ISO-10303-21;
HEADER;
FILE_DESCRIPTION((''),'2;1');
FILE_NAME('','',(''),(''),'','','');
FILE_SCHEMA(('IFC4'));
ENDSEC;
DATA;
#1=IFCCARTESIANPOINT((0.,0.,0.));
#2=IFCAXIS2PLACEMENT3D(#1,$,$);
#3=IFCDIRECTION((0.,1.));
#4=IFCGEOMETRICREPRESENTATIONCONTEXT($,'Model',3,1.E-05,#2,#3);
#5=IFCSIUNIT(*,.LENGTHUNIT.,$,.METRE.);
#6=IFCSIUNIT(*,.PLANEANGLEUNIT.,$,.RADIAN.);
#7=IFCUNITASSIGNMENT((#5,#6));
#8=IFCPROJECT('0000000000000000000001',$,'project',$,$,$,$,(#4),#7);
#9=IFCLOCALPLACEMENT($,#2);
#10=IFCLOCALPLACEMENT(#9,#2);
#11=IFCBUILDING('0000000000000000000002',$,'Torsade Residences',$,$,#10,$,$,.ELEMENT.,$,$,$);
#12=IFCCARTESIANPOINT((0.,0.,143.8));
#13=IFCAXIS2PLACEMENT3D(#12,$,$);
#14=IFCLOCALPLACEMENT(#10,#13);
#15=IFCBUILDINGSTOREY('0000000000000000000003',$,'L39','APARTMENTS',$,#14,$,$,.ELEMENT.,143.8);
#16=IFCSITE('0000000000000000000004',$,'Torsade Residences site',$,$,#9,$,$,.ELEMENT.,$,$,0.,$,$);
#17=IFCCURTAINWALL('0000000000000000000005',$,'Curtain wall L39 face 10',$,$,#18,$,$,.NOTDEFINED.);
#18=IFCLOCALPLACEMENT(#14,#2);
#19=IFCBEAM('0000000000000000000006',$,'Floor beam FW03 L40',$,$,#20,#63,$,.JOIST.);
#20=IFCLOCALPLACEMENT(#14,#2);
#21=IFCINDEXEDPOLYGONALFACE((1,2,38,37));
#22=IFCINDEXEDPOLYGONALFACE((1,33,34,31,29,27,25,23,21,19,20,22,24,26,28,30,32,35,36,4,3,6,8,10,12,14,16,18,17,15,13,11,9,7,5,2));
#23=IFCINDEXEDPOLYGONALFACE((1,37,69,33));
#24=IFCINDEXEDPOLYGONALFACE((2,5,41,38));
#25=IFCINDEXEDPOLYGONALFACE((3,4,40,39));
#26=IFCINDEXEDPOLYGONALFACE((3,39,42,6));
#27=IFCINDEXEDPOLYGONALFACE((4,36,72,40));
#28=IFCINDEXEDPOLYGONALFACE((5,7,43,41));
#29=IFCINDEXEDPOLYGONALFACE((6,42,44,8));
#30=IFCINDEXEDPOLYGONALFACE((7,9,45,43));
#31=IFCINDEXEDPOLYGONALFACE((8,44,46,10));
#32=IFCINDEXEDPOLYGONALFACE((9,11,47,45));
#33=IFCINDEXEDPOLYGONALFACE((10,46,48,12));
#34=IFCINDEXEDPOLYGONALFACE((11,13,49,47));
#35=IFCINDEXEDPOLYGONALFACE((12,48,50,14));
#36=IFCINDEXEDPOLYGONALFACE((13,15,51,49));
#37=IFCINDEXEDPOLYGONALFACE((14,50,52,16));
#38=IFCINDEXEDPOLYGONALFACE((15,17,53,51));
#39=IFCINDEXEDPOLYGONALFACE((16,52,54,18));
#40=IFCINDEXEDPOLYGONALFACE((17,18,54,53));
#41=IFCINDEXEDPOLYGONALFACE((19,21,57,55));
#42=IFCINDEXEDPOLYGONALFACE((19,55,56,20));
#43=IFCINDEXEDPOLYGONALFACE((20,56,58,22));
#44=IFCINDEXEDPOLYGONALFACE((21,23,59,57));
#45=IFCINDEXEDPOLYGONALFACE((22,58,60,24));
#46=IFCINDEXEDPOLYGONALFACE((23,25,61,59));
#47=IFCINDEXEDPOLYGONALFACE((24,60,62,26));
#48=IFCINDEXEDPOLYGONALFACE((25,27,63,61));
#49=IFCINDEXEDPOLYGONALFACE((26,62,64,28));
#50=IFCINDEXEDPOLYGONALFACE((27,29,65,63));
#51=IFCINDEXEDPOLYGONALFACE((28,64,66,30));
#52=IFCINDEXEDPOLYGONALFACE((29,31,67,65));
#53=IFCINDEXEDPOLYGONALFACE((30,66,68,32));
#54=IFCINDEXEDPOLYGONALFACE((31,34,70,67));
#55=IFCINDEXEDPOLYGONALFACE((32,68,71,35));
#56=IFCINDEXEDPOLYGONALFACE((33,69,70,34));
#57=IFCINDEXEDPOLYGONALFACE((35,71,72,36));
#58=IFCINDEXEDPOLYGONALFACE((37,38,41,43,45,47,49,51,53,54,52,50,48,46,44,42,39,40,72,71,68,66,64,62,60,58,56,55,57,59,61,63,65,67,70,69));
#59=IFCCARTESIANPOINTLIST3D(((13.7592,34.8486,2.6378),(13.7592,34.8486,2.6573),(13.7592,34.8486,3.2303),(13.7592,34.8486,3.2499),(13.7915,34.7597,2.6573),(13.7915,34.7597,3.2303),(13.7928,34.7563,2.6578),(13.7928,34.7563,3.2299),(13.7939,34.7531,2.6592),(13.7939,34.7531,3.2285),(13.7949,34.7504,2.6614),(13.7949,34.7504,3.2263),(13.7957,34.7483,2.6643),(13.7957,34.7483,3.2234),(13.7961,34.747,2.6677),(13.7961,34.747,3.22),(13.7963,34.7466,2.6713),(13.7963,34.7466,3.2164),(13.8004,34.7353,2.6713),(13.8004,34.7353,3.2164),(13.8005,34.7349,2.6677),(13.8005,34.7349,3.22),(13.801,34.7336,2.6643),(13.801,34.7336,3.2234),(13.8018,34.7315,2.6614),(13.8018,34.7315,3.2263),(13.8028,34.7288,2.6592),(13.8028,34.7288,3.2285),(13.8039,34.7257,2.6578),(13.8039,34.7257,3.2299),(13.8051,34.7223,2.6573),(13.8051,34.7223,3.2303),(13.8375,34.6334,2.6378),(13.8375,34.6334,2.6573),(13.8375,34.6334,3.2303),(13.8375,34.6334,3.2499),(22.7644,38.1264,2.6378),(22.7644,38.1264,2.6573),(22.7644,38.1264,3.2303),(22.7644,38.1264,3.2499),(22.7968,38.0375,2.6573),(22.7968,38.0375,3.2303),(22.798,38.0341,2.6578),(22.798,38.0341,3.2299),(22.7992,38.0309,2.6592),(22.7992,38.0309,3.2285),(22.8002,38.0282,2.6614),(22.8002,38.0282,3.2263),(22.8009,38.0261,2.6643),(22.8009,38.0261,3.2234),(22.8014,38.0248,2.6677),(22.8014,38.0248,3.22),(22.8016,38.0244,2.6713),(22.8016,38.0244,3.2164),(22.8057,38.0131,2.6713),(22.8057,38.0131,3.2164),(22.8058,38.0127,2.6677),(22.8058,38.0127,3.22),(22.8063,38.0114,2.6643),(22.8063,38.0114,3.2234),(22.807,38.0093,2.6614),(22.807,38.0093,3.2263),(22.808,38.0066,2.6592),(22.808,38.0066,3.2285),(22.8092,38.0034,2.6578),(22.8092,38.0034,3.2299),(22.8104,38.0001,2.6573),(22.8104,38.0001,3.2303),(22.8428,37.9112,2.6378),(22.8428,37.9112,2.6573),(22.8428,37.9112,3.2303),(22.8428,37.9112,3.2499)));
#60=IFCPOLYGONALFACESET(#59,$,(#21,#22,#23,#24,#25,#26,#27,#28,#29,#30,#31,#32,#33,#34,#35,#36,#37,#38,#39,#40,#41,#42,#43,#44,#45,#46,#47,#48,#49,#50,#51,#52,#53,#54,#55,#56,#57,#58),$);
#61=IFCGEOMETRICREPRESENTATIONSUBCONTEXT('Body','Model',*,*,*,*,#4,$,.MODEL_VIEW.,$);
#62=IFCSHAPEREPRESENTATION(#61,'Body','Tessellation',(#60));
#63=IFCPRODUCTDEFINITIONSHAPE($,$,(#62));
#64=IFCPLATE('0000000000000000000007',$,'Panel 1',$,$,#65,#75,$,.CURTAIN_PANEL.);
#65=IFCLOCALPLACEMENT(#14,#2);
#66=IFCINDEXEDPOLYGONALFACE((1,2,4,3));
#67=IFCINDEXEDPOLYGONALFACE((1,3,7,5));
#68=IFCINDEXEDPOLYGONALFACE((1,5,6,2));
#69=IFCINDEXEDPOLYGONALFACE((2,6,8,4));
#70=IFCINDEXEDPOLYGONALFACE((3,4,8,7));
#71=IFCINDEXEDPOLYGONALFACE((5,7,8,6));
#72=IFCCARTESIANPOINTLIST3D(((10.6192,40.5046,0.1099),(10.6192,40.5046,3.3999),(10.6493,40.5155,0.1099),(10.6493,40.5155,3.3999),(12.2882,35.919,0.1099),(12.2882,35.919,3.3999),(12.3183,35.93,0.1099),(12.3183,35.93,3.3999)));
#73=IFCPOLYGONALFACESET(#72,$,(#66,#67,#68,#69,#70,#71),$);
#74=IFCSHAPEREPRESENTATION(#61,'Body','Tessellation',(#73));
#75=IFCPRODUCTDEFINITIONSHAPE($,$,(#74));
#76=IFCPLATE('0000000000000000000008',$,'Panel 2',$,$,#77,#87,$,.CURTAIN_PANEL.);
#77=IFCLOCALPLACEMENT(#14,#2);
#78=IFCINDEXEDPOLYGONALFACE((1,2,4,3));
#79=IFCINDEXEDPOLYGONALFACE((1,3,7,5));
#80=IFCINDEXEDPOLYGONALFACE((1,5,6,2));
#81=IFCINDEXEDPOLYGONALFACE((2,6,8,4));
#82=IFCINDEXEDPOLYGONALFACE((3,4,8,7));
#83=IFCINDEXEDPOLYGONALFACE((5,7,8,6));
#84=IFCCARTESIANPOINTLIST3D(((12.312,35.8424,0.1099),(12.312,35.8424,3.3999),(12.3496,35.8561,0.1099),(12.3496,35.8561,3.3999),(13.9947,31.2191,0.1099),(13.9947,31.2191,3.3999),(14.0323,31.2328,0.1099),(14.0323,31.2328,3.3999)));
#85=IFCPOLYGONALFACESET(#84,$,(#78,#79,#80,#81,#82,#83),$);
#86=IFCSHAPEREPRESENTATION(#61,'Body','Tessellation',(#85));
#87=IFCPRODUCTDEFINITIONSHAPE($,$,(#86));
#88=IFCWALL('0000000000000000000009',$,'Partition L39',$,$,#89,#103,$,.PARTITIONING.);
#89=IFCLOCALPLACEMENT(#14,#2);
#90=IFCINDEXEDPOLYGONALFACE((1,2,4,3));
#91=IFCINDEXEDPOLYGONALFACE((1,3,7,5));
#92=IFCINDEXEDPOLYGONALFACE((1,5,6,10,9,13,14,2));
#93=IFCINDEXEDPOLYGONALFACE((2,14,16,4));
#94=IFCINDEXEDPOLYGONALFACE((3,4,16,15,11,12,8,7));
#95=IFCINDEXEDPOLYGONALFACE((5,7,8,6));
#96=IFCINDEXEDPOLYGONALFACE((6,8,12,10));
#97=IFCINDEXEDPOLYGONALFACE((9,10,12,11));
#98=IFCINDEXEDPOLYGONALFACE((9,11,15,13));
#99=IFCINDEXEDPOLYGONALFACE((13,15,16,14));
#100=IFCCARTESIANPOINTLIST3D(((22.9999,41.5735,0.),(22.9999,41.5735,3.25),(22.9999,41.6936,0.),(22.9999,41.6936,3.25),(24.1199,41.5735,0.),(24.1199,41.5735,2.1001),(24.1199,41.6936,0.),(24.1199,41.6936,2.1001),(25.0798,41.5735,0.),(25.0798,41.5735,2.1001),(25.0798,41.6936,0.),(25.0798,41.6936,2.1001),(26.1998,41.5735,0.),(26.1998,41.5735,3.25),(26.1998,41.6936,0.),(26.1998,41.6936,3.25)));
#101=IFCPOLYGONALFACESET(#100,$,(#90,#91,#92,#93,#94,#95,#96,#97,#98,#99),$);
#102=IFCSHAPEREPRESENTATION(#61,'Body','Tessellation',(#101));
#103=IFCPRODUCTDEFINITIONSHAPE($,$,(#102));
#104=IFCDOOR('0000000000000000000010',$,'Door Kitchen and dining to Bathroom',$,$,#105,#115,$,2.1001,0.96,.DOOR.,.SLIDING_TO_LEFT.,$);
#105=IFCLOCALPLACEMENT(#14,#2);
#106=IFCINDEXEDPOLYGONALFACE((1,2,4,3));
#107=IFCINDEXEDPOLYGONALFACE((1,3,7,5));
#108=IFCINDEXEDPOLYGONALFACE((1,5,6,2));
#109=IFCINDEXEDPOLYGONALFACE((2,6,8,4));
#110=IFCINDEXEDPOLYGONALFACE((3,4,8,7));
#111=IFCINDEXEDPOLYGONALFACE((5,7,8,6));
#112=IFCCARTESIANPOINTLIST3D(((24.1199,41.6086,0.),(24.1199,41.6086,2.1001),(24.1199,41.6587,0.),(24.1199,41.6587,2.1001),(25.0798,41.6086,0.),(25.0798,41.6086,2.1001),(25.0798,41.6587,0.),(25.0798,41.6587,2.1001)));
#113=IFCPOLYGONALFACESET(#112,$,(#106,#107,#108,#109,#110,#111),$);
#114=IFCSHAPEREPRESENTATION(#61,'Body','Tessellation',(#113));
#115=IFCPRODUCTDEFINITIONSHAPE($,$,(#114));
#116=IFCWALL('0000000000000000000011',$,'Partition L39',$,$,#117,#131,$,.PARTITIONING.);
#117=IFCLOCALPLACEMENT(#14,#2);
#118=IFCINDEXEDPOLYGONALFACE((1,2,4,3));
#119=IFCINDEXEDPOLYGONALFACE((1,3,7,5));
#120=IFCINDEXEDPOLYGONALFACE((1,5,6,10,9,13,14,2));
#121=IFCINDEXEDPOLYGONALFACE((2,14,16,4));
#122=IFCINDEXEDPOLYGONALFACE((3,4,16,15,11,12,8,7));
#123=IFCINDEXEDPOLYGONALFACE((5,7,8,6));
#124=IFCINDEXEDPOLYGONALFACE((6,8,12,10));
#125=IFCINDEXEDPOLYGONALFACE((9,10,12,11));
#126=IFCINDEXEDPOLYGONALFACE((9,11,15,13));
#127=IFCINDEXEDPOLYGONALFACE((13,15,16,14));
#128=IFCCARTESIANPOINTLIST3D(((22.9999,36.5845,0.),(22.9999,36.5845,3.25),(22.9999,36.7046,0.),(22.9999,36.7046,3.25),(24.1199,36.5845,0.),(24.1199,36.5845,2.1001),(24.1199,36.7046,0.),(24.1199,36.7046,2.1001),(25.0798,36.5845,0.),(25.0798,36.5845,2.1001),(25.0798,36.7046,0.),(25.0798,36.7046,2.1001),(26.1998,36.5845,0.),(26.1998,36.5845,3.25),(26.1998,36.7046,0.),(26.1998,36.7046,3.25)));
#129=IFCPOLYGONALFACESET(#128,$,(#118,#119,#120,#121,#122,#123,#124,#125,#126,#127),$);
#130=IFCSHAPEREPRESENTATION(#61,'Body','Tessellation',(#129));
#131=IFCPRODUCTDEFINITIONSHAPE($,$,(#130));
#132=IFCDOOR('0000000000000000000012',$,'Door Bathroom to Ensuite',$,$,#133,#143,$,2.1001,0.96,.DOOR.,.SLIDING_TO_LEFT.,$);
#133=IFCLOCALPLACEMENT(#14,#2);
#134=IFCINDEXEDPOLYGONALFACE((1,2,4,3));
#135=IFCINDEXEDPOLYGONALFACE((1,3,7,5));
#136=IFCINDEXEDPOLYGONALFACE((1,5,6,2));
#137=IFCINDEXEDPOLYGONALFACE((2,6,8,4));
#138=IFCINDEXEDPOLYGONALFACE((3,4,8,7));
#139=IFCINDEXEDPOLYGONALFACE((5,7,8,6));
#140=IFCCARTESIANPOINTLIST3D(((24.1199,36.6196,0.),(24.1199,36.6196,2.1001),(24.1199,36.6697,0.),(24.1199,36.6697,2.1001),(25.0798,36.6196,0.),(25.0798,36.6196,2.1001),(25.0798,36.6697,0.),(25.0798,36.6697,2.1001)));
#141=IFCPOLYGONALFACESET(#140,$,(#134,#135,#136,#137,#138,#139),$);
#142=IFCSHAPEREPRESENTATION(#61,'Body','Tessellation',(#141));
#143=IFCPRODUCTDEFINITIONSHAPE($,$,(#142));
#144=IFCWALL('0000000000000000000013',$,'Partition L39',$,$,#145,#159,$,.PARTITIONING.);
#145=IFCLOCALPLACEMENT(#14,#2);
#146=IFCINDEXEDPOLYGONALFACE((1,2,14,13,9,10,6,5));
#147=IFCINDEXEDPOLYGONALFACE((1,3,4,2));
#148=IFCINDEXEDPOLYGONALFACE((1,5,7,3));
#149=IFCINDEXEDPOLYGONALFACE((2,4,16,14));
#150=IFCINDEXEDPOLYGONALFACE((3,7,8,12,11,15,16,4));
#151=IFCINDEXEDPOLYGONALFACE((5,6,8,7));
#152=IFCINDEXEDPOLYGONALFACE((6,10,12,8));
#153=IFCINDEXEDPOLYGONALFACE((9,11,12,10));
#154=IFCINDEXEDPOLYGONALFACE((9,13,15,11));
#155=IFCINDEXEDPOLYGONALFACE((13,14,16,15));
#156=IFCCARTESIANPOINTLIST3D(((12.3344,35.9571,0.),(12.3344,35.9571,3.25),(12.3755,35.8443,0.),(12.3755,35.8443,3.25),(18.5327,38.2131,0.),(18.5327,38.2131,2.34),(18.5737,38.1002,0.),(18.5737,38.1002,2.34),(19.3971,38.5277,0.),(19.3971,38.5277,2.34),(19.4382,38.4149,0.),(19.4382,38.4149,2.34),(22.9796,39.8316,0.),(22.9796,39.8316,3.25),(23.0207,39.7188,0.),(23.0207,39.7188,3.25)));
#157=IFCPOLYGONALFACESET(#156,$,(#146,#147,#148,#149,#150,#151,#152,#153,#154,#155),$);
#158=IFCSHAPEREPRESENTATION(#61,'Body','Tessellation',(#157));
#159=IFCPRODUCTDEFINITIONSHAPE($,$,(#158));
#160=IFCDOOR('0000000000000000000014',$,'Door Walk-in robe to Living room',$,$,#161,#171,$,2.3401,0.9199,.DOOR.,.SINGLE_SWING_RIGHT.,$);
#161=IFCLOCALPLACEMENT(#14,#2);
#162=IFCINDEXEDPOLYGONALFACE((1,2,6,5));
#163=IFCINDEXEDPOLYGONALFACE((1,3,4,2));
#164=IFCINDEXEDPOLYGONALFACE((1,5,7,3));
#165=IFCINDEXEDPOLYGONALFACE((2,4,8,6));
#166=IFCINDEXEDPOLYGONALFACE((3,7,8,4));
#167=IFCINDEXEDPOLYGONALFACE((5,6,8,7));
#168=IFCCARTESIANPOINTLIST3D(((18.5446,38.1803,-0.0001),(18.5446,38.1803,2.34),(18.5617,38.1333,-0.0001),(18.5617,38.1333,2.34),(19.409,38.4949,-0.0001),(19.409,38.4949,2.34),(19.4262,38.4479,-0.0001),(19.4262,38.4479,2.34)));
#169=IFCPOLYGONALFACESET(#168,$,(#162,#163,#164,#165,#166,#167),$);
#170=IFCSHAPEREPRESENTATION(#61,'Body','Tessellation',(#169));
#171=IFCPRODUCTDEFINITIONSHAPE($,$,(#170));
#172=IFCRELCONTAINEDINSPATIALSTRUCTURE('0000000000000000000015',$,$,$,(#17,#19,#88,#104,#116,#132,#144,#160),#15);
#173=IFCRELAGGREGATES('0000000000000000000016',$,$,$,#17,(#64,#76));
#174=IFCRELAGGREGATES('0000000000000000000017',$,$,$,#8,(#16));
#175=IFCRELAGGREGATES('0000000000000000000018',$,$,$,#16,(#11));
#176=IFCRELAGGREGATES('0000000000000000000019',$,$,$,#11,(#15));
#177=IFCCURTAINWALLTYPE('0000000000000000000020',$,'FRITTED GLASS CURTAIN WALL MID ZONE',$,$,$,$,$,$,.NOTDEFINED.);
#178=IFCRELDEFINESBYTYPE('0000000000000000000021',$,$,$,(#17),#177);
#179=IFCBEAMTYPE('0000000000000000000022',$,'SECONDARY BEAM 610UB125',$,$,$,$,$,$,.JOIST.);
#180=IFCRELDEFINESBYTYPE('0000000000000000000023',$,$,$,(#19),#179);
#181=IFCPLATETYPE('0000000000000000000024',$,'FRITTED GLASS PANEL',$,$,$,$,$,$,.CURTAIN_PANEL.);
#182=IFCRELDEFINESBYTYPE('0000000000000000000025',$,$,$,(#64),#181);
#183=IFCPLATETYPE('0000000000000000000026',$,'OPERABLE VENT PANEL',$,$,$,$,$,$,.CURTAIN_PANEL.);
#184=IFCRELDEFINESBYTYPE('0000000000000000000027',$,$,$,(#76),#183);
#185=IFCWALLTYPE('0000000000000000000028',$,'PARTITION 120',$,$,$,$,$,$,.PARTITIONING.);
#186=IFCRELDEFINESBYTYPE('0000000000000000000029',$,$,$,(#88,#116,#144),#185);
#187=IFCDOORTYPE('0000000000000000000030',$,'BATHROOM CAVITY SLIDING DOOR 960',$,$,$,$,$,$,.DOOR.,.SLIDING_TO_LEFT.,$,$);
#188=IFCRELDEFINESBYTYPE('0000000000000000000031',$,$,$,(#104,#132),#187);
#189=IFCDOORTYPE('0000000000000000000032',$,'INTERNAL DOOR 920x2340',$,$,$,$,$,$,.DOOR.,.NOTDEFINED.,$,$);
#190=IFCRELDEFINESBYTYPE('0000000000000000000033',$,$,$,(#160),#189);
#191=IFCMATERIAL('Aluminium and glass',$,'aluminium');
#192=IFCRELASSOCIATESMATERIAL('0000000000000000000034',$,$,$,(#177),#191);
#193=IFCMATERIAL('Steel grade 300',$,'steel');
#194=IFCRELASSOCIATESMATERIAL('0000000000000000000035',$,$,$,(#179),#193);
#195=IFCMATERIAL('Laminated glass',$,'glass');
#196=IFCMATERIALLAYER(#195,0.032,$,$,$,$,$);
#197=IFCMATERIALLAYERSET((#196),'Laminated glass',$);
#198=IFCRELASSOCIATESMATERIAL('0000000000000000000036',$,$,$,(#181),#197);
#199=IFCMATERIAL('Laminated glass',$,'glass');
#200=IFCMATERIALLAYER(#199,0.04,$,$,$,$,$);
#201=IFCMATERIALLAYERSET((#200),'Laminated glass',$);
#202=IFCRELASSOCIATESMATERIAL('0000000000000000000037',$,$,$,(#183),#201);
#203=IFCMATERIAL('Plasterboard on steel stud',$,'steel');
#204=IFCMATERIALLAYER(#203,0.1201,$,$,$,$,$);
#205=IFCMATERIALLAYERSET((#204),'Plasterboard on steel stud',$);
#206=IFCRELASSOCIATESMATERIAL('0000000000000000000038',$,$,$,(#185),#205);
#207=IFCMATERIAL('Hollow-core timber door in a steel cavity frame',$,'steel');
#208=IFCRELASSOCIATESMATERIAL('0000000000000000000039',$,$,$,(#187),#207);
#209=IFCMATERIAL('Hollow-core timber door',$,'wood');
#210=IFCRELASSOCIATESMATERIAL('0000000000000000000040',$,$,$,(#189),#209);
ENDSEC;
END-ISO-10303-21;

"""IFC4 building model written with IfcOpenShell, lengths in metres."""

from ifc_helpers import new_model, si_unit, direction, frame, frame_2d, origin, origin_2d, place, context, subcontext, project, spatial, rectangle, i_section, extrude, material, layer, layer_set, material_profile, profile_set, type_object, element, fill, aggregate, save


model = new_model("IFC4")

# Units and contexts
model_context = context("Model", 3, precision=1e-05, world=origin(), true_north=direction((0.0, 1.0)))
body_context = subcontext(model_context, "Body", "Model", "MODEL_VIEW")
ifc_project = project(units=[si_unit("LENGTHUNIT", "METRE"), si_unit("PLANEANGLEUNIT", "RADIAN")], contexts=[model_context])

# Site, building, storey
site_placement = place(None, origin())
site = spatial("IfcSite", under=ifc_project, at=site_placement, Name="Torsade Residences site", CompositionType="ELEMENT", RefElevation=0.0)
building_placement = place(site_placement, origin())
building = spatial("IfcBuilding", under=site, at=building_placement, Name="Torsade Residences", CompositionType="ELEMENT")
storey_placement = place(building_placement, frame((0.0, 0.0, 143.8)))
storey = spatial("IfcBuildingStorey", under=building, at=storey_placement, Name="L39", Description="APARTMENTS", CompositionType="ELEMENT", Elevation=143.8)

# Curtain wall
ifc_material_1 = material(Name="Aluminium and glass", Category="aluminium")
curtain_wall_type = type_object("IfcCurtainWallType", Name="FRITTED GLASS CURTAIN WALL MID ZONE", PredefinedType="NOTDEFINED", material=ifc_material_1)
curtain_wall_placement = place(storey_placement, origin())
curtain_wall = element("IfcCurtainWall", 1, at=curtain_wall_placement, inside=storey, type_object=curtain_wall_type, Name="Curtain wall L39 face 10", PredefinedType="NOTDEFINED")

# Beam
ifc_material_2 = material(Name="Steel grade 300", Category="steel")
ifc_material_profile_1 = material_profile(ifc_material_2, i_section(OverallWidth=0.229, OverallDepth=0.6121, WebThickness=0.012, FlangeThickness=0.0195, FilletRadius=0.0139, at=origin_2d()), Name="610UB125")
ifc_profile_set_1 = profile_set([ifc_material_profile_1], Name="Steel grade 300")
beam_type_1 = type_object("IfcBeamType", Name="SECONDARY BEAM 610UB125", PredefinedType="JOIST", material=ifc_profile_set_1)
beam_1_placement = place(storey_placement, frame((13.7983, 34.741, 2.9438), z_axis=(0.939688, 0.342034, 0.0), x_axis=(-0.342034, 0.939688, 0.0)))
element("IfcBeam", 2, at=beam_1_placement, inside=storey, type_object=beam_type_1, Name="Floor beam FW03 L40", PredefinedType="JOIST", context=body_context, shape_type="SweptSolid", body=[
    extrude(i_section(OverallWidth=0.229, OverallDepth=0.6121, WebThickness=0.012, FlangeThickness=0.0195, FilletRadius=0.0139, at=origin_2d()), origin(), (0.0, 0.0, 1.0), 9.5833),
])

# Plates
ifc_material_3 = material(Name="Laminated glass", Category="glass")
ifc_layer_1 = layer(ifc_material_3, 0.032)
ifc_layer_set_1 = layer_set([ifc_layer_1], Name="Laminated glass")
plate_type_1 = type_object("IfcPlateType", Name="FRITTED GLASS PANEL", PredefinedType="CURTAIN_PANEL", material=ifc_layer_set_1)
plate_1_placement = place(storey_placement, frame((11.4688, 38.2173, 0.1099), z_axis=(0.0, 0.0, 1.0), x_axis=(0.34202, -0.939693, 0.0)))
plate_1 = element("IfcPlate", 3, at=plate_1_placement, type_object=plate_type_1, Name="Panel 1", PredefinedType="CURTAIN_PANEL", context=body_context, shape_type="SweptSolid", body=[
    extrude(rectangle(XDim=4.8799, YDim=0.032, at=origin_2d()), origin(), (0.0, 0.0, 1.0), 3.29),
])
ifc_material_4 = material(Name="Laminated glass", Category="glass")
ifc_layer_2 = layer(ifc_material_4, 0.04)
ifc_layer_set_2 = layer_set([ifc_layer_2], Name="Laminated glass")
plate_type_2 = type_object("IfcPlateType", Name="OPERABLE VENT PANEL", PredefinedType="CURTAIN_PANEL", material=ifc_layer_set_2)
plate_2_placement = place(storey_placement, frame((13.1721, 33.5376, 0.1099), z_axis=(0.0, 0.0, 1.0), x_axis=(0.34202, -0.939693, 0.0)))
plate_2 = element("IfcPlate", 4, at=plate_2_placement, type_object=plate_type_2, Name="Panel 2", PredefinedType="CURTAIN_PANEL", context=body_context, shape_type="SweptSolid", body=[
    extrude(rectangle(XDim=4.9199, YDim=0.04, at=origin_2d()), origin(), (0.0, 0.0, 1.0), 3.29),
])
aggregate(curtain_wall, [plate_1, plate_2])

# Walls, openings, doors
ifc_material_5 = material(Name="Plasterboard on steel stud", Category="steel")
ifc_layer_3 = layer(ifc_material_5, 0.1201)
ifc_layer_set_3 = layer_set([ifc_layer_3], Name="Plasterboard on steel stud")
wall_type_1 = type_object("IfcWallType", Name="PARTITION 120", PredefinedType="PARTITIONING", material=ifc_layer_set_3)
wall_1_placement = place(storey_placement, frame((26.2, 41.6335, 0.0), z_axis=(0.0, 0.0, 1.0), x_axis=(-1.0, 0.0, 0.0)))
wall_1 = element("IfcWall", 5, at=wall_1_placement, inside=storey, type_object=wall_type_1, Name="Partition L39", PredefinedType="PARTITIONING", context=body_context, shape_type="SweptSolid", body=[
    extrude(rectangle(XDim=3.2, YDim=0.1201, at=frame_2d((1.6001, 0.0))), origin(), (0.0, 0.0, 1.0), 3.25),
])
opening_1_placement = place(wall_1_placement, frame((1.1201, 0.0, 0.0)))
opening_1 = element("IfcOpeningElement", 6, at=opening_1_placement, cuts=wall_1, PredefinedType="OPENING", context=body_context, shape_type="SweptSolid", body=[
    extrude(rectangle(XDim=0.96, YDim=2.1001, at=frame_2d((0.48, 1.05))), frame((0.0, 0.0701, 0.0), z_axis=(0.0, -1.0, 0.0), x_axis=(1.0, 0.0, 0.0)), (0.0, 0.0, 1.0), 0.1401),
])
ifc_material_6 = material(Name="Hollow-core timber door in a steel cavity frame", Category="steel")
door_type_1 = type_object("IfcDoorType", Name="BATHROOM CAVITY SLIDING DOOR 960", OperationType="SLIDING_TO_LEFT", PredefinedType="DOOR", material=ifc_material_6)
door_1_placement = place(opening_1_placement, origin())
door_1 = element("IfcDoor", 7, at=door_1_placement, inside=storey, type_object=door_type_1, Name="Door Kitchen and dining to Bathroom", OperationType="SLIDING_TO_LEFT", OverallHeight=2.1001, OverallWidth=0.96, PredefinedType="DOOR", context=body_context, shape_type="SweptSolid", body=[
    extrude(rectangle(XDim=0.96, YDim=2.1001, at=frame_2d((0.48, 1.05))), frame((0.0, 0.0249, 0.0), z_axis=(0.0, -1.0, 0.0), x_axis=(1.0, 0.0, 0.0)), (0.0, 0.0, 1.0), 0.05),
])
fill(opening_1, door_1)
wall_2_placement = place(storey_placement, frame((26.2, 36.6445, 0.0), z_axis=(0.0, 0.0, 1.0), x_axis=(-1.0, 0.0, 0.0)))
wall_2 = element("IfcWall", 8, at=wall_2_placement, inside=storey, type_object=wall_type_1, Name="Partition L39", PredefinedType="PARTITIONING", context=body_context, shape_type="SweptSolid", body=[
    extrude(rectangle(XDim=3.2, YDim=0.1201, at=frame_2d((1.6001, 0.0))), origin(), (0.0, 0.0, 1.0), 3.25),
])
opening_2_placement = place(wall_2_placement, frame((1.1201, 0.0, 0.0)))
opening_2 = element("IfcOpeningElement", 9, at=opening_2_placement, cuts=wall_2, PredefinedType="OPENING", context=body_context, shape_type="SweptSolid", body=[
    extrude(rectangle(XDim=0.96, YDim=2.1001, at=frame_2d((0.48, 1.05))), frame((0.0, 0.0701, 0.0), z_axis=(0.0, -1.0, 0.0), x_axis=(1.0, 0.0, 0.0)), (0.0, 0.0, 1.0), 0.1401),
])
door_2_placement = place(opening_2_placement, origin())
door_2 = element("IfcDoor", 10, at=door_2_placement, inside=storey, type_object=door_type_1, Name="Door Bathroom to Ensuite", OperationType="SLIDING_TO_LEFT", OverallHeight=2.1001, OverallWidth=0.96, PredefinedType="DOOR", context=body_context, shape_type="SweptSolid", body=[
    extrude(rectangle(XDim=0.96, YDim=2.1001, at=frame_2d((0.48, 1.05))), frame((0.0, 0.0249, 0.0), z_axis=(0.0, -1.0, 0.0), x_axis=(1.0, 0.0, 0.0)), (0.0, 0.0, 1.0), 0.05),
])
fill(opening_2, door_2)
wall_3_placement = place(storey_placement, frame((23.0, 39.7751, 0.0), z_axis=(0.0, 0.0, 1.0), x_axis=(-0.939694, -0.342016, 0.0)))
wall_3 = element("IfcWall", 11, at=wall_3_placement, inside=storey, type_object=wall_type_1, Name="Partition L39", PredefinedType="PARTITIONING", context=body_context, shape_type="SweptSolid", body=[
    extrude(rectangle(XDim=11.3284, YDim=0.1201, at=frame_2d((5.6641, 0.0))), origin(), (0.0, 0.0, 1.0), 3.25),
])
opening_3_placement = place(wall_3_placement, frame((3.8123, 0.0, 0.0)))
opening_3 = element("IfcOpeningElement", 12, at=opening_3_placement, cuts=wall_3, PredefinedType="OPENING", context=body_context, shape_type="SweptSolid", body=[
    extrude(rectangle(XDim=0.9199, YDim=2.3401, at=frame_2d((0.46, 1.1699))), frame((0.0, 0.0701, 0.0), z_axis=(0.0, -1.0, 0.0), x_axis=(1.0, 0.0, 0.0)), (0.0, 0.0, 1.0), 0.1401),
])
ifc_material_7 = material(Name="Hollow-core timber door", Category="wood")
door_type_2 = type_object("IfcDoorType", Name="INTERNAL DOOR 920x2340", OperationType="NOTDEFINED", PredefinedType="DOOR", material=ifc_material_7)
door_3_placement = place(opening_3_placement, origin())
door_3 = element("IfcDoor", 13, at=door_3_placement, inside=storey, type_object=door_type_2, Name="Door Walk-in robe to Living room", OperationType="SINGLE_SWING_RIGHT", OverallHeight=2.3401, OverallWidth=0.9199, PredefinedType="DOOR", context=body_context, shape_type="SweptSolid", body=[
    extrude(rectangle(XDim=0.9199, YDim=2.3401, at=frame_2d((0.46, 1.1699))), frame((0.0, 0.0249, 0.0), z_axis=(0.0, -1.0, 0.0), x_axis=(1.0, 0.0, 0.0)), (0.0, 0.0, 1.0), 0.05),
])
fill(opening_3, door_3)

save(model, "model.ifc")
